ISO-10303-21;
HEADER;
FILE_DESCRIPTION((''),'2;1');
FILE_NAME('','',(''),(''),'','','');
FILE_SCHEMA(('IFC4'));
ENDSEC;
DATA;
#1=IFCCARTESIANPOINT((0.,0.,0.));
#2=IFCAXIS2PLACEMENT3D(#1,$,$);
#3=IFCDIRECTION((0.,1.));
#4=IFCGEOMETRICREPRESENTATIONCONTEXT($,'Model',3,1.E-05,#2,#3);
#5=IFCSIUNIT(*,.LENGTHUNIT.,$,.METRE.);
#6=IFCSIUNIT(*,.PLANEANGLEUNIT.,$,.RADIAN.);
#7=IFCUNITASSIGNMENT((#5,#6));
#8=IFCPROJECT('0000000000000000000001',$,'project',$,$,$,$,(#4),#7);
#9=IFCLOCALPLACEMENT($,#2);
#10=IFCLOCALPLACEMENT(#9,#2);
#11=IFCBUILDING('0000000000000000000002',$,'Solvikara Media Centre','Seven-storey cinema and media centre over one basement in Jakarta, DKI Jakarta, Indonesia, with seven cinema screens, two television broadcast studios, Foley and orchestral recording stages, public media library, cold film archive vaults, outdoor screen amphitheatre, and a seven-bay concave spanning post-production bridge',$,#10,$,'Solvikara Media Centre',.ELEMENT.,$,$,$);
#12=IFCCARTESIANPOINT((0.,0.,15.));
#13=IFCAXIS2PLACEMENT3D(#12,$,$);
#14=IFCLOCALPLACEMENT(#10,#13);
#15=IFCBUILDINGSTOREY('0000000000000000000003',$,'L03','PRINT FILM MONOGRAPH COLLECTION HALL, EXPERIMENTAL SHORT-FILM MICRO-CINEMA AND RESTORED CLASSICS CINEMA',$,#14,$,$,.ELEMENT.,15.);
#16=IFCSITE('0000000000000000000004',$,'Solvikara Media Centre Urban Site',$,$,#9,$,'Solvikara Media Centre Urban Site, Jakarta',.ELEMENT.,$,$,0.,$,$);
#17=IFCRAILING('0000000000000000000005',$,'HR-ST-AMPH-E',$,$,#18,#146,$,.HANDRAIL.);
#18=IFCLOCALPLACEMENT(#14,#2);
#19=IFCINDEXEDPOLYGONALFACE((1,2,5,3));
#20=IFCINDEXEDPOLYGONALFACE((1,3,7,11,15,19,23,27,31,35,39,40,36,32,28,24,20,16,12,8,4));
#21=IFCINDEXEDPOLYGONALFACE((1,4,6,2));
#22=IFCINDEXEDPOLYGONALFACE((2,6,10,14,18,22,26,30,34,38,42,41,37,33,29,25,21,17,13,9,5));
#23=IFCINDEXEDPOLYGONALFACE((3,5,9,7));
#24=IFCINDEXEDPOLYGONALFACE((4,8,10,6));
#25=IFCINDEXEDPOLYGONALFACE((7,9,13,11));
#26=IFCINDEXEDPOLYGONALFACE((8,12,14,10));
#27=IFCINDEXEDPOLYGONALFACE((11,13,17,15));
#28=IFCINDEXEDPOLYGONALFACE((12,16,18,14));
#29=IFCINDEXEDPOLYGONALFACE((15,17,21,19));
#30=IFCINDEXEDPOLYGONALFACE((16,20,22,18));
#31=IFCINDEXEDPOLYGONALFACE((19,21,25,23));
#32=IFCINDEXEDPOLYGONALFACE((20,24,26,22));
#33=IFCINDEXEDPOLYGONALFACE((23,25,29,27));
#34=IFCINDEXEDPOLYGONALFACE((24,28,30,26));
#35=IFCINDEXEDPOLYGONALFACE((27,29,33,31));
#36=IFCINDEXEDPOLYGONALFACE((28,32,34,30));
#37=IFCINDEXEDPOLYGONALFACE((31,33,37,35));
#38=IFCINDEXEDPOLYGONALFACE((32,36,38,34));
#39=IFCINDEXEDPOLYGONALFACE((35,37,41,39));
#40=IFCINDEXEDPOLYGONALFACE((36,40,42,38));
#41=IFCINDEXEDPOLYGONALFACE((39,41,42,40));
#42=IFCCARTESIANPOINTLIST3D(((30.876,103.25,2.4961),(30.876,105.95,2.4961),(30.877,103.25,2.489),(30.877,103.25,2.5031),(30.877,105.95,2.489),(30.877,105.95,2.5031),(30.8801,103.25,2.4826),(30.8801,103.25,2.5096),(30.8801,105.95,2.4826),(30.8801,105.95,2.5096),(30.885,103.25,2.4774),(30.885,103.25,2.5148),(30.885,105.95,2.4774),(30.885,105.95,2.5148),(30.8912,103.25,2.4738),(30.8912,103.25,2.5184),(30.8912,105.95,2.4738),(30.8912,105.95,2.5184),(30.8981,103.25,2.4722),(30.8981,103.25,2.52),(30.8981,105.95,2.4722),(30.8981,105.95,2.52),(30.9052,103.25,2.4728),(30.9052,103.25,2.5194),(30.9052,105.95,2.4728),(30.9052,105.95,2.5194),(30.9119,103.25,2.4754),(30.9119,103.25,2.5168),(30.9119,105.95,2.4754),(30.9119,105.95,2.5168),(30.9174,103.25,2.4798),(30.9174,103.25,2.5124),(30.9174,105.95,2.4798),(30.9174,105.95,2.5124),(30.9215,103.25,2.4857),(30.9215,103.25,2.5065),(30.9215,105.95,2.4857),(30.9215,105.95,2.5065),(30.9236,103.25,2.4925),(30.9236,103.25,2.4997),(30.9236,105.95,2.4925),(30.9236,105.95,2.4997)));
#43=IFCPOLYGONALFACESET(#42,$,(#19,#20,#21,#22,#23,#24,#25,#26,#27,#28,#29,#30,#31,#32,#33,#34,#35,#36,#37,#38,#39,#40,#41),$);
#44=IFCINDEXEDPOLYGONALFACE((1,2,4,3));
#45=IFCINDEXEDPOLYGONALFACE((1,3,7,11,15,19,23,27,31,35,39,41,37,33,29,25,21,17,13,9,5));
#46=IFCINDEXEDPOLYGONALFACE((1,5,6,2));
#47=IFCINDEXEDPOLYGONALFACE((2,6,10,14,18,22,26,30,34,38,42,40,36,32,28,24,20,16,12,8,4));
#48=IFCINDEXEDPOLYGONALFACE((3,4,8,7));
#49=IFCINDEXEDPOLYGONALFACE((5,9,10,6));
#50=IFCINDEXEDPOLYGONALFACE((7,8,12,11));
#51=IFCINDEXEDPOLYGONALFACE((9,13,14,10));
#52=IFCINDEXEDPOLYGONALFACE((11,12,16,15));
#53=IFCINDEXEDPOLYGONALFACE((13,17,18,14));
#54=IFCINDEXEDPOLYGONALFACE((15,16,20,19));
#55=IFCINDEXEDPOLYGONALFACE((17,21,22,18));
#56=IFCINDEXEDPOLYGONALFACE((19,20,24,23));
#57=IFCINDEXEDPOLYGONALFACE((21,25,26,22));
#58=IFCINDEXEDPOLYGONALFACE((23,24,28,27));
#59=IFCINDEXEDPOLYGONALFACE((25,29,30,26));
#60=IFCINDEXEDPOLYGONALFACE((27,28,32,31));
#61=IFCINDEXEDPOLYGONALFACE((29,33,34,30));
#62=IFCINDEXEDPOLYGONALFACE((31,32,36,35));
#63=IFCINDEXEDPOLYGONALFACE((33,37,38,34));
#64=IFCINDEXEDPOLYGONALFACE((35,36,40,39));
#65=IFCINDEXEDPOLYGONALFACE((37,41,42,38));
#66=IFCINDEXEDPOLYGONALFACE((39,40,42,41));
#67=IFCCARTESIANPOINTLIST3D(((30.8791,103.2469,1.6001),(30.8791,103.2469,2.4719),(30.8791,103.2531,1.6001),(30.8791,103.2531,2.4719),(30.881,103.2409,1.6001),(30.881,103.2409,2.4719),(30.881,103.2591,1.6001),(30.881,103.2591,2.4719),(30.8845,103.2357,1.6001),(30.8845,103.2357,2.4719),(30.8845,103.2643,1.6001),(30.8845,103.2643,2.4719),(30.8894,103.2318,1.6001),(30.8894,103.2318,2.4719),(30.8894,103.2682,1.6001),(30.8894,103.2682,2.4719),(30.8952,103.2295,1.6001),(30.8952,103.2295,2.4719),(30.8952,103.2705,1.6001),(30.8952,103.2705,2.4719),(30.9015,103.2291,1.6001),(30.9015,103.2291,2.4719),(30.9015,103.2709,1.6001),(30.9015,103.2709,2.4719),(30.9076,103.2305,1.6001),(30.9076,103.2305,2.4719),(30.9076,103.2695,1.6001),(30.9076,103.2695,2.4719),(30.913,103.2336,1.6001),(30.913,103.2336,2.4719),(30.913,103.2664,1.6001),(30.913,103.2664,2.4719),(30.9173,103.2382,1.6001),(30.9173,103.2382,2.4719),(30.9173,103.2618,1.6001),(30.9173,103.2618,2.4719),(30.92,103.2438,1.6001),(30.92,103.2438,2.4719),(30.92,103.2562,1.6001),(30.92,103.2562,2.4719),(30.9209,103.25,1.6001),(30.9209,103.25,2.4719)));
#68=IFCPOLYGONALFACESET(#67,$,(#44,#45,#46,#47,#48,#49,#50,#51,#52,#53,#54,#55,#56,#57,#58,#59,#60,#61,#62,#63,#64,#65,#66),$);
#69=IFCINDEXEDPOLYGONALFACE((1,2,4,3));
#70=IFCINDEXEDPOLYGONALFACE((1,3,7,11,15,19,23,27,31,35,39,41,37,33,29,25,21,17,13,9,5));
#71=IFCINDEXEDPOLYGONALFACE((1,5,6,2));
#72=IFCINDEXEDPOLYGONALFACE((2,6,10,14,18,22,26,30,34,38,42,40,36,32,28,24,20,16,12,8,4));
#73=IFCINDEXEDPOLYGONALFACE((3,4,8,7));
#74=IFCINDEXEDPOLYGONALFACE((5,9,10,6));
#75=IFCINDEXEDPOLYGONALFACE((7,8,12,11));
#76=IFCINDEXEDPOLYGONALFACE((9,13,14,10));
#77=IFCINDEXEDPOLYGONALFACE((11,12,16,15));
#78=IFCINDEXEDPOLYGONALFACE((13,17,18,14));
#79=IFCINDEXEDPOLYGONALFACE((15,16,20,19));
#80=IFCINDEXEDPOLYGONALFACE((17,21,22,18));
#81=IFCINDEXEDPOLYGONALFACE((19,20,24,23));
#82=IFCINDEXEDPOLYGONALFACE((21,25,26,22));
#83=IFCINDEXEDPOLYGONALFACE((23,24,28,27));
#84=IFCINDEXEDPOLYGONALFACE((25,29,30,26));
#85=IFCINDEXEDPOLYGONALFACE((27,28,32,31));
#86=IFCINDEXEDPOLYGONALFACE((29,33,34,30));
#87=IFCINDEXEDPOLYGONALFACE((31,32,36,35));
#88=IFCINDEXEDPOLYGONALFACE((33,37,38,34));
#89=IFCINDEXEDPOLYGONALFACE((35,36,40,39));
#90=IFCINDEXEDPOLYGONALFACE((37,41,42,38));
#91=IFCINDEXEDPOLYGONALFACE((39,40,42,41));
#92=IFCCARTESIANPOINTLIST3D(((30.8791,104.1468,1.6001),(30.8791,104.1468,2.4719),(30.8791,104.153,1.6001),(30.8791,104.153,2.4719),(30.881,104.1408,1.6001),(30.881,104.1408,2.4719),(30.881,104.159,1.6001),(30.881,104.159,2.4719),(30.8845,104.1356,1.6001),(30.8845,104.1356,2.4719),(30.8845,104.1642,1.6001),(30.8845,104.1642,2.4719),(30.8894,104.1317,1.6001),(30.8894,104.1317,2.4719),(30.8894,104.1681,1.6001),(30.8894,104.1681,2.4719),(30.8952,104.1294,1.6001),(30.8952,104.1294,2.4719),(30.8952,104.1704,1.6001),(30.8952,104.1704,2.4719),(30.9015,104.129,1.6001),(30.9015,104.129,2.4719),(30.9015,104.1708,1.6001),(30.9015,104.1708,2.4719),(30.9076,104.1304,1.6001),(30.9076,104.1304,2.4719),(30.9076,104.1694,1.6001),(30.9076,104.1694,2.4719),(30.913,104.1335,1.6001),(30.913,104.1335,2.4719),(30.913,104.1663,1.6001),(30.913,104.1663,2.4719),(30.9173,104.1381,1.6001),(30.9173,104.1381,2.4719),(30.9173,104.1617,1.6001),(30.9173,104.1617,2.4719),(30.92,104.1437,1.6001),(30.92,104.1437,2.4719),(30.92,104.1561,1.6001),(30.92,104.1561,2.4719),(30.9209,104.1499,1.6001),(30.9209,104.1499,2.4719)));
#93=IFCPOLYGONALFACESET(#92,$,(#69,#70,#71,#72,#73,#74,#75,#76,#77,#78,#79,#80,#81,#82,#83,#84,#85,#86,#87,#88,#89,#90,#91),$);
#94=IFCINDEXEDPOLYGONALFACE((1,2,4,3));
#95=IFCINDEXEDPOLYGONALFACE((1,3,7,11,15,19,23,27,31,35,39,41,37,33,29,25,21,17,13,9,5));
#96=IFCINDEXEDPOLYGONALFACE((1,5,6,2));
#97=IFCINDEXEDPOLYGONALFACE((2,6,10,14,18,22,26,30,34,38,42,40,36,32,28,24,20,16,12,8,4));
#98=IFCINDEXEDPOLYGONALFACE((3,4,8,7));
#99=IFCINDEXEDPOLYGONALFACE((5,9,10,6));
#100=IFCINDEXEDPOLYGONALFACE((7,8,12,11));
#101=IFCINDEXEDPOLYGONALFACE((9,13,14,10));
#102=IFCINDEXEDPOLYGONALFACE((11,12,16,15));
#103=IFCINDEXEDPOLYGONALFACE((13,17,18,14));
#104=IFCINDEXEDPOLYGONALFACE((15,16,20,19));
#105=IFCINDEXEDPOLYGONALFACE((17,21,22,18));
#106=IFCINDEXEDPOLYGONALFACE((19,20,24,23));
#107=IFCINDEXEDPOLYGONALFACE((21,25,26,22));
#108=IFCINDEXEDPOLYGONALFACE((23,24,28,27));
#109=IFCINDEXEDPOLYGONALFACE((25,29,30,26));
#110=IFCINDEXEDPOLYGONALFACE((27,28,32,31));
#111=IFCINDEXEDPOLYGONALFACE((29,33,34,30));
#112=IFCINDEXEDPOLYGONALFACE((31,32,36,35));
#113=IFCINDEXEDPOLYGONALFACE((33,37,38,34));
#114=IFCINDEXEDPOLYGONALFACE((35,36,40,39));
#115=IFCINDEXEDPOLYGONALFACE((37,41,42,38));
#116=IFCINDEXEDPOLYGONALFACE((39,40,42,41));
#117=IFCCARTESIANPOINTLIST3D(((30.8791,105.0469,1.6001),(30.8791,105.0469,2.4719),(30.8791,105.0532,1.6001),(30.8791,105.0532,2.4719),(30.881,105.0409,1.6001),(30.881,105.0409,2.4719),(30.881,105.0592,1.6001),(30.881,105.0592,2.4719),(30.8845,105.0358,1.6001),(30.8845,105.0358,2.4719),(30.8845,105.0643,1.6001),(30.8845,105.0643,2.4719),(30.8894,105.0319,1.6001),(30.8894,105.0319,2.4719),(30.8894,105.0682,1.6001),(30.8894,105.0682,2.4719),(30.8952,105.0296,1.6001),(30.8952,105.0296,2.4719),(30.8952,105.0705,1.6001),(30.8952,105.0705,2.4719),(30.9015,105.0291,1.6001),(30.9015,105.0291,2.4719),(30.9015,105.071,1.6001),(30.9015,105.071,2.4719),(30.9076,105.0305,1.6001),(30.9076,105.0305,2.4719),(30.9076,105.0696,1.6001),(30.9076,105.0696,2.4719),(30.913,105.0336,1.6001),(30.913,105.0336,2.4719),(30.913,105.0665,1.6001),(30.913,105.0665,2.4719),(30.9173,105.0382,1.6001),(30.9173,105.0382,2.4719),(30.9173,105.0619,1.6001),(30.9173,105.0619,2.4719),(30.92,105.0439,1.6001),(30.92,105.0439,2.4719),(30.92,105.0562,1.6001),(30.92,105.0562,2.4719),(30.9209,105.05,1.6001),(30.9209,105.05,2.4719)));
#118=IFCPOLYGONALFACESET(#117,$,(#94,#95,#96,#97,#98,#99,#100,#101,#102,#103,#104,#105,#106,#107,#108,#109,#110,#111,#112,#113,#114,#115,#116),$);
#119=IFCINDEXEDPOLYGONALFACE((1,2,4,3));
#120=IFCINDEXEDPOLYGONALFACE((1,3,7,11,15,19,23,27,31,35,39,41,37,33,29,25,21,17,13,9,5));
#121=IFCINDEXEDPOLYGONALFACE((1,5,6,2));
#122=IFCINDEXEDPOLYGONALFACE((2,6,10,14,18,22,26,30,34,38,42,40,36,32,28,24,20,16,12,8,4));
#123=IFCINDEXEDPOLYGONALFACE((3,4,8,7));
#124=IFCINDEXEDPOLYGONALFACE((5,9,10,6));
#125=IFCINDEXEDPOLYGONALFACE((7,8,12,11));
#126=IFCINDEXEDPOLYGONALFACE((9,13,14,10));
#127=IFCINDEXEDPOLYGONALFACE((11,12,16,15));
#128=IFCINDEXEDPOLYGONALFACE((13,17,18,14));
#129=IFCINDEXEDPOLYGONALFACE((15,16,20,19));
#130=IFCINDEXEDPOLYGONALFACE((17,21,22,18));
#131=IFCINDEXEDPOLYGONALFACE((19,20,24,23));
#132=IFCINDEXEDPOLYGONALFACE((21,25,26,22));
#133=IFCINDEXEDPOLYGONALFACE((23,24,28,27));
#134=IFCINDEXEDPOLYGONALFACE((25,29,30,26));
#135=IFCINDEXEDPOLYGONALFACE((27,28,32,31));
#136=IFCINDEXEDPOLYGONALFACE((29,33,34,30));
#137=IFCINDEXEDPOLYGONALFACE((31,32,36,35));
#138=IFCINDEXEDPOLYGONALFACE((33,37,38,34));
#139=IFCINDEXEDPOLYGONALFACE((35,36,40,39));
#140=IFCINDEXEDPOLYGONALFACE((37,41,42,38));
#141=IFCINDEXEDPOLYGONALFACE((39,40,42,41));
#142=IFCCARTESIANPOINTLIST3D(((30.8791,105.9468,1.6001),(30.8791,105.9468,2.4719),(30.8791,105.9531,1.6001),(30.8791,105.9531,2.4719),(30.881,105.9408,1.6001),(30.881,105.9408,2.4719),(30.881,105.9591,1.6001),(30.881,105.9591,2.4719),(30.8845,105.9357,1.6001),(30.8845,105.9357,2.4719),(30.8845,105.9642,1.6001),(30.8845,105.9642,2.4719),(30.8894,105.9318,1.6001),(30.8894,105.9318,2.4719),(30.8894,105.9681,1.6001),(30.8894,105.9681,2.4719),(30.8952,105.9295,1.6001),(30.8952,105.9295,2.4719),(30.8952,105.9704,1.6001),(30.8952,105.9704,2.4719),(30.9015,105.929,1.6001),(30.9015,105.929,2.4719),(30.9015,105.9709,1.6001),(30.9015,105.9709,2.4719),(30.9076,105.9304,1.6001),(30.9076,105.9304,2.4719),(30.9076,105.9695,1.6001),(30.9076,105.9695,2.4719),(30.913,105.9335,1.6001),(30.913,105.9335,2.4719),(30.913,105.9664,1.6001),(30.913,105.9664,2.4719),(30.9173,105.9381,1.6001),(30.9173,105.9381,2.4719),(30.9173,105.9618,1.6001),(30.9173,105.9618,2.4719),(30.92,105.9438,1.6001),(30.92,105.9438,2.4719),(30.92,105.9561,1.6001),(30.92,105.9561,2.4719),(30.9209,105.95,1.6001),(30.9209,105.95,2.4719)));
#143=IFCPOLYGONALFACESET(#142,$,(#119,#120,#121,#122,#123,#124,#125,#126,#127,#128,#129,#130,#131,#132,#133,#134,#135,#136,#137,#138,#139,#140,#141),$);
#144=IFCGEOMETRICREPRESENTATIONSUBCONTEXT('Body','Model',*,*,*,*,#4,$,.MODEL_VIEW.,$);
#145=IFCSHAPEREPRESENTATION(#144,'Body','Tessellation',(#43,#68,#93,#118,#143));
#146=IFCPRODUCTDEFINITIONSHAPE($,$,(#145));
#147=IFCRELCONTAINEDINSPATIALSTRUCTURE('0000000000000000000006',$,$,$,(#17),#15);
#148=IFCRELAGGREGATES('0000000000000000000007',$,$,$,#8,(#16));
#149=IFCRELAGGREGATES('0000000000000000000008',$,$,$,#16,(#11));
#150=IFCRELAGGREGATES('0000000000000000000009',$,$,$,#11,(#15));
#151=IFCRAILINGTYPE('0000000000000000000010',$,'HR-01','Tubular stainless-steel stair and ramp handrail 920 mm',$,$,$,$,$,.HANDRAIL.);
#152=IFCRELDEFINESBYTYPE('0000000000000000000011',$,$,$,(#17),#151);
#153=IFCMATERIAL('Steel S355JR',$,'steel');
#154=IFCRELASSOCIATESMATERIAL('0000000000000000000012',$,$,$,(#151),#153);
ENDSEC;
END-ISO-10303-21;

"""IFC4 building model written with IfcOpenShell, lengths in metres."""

from ifc_helpers import new_model, si_unit, direction, frame, origin, origin_2d, place, context, subcontext, project, spatial, circle, extrude, material, type_object, element, save


model = new_model("IFC4")

# Units and contexts
model_context = context("Model", 3, precision=1e-05, world=origin(), true_north=direction((0.0, 1.0)))
body_context = subcontext(model_context, "Body", "Model", "MODEL_VIEW")
ifc_project = project(units=[si_unit("LENGTHUNIT", "METRE"), si_unit("PLANEANGLEUNIT", "RADIAN")], contexts=[model_context])

# Site, building, storey
site_placement = place(None, origin())
site = spatial("IfcSite", under=ifc_project, at=site_placement, Name="Solvikara Media Centre Urban Site", LongName="Solvikara Media Centre Urban Site, Jakarta", CompositionType="ELEMENT", RefElevation=0.0)
building_placement = place(site_placement, origin())
building = spatial("IfcBuilding", under=site, at=building_placement, Name="Solvikara Media Centre", Description="Seven-storey cinema and media centre over one basement in Jakarta, DKI Jakarta, Indonesia, with seven cinema screens, two television broadcast studios, Foley and orchestral recording stages, public media library, cold film archive vaults, outdoor screen amphitheatre, and a seven-bay concave spanning post-production bridge", LongName="Solvikara Media Centre", CompositionType="ELEMENT")
storey_placement = place(building_placement, frame((0.0, 0.0, 15.0)))
storey = spatial("IfcBuildingStorey", under=building, at=storey_placement, Name="L03", Description="PRINT FILM MONOGRAPH COLLECTION HALL, EXPERIMENTAL SHORT-FILM MICRO-CINEMA AND RESTORED CLASSICS CINEMA", CompositionType="ELEMENT", Elevation=15.0)

# Shared definitions
ifc_material_1 = material(Name="Steel S355JR", Category="steel")

# Railing
railing_type = type_object("IfcRailingType", Name="HR-01", Description="Tubular stainless-steel stair and ramp handrail 920 mm", PredefinedType="HANDRAIL", material=ifc_material_1)
railing_placement = place(storey_placement, frame((30.8999, 103.25, 1.6001)))
element("IfcRailing", 1, at=railing_placement, inside=storey, type_object=railing_type, Name="HR-ST-AMPH-E", PredefinedType="HANDRAIL", context=body_context, shape_type="SweptSolid", body=[
    extrude(circle(Radius=0.0239, at=origin_2d()), frame((0.0, 0.0, 0.896), z_axis=(0.0, 1.0, 0.0), x_axis=(-1.0, 0.0, 0.0)), (0.0, 0.0, 1.0), 2.7),
    extrude(circle(Radius=0.021, at=origin_2d()), origin(), (0.0, 0.0, 1.0), 0.8718),
    extrude(circle(Radius=0.021, at=origin_2d()), frame((0.0, 0.8999, 0.0)), (0.0, 0.0, 1.0), 0.8718),
    extrude(circle(Radius=0.021, at=origin_2d()), frame((0.0, 1.8, 0.0)), (0.0, 0.0, 1.0), 0.8718),
    extrude(circle(Radius=0.021, at=origin_2d()), frame((0.0, 2.7, 0.0)), (0.0, 0.0, 1.0), 0.8718),
])

save(model, "model.ifc")
